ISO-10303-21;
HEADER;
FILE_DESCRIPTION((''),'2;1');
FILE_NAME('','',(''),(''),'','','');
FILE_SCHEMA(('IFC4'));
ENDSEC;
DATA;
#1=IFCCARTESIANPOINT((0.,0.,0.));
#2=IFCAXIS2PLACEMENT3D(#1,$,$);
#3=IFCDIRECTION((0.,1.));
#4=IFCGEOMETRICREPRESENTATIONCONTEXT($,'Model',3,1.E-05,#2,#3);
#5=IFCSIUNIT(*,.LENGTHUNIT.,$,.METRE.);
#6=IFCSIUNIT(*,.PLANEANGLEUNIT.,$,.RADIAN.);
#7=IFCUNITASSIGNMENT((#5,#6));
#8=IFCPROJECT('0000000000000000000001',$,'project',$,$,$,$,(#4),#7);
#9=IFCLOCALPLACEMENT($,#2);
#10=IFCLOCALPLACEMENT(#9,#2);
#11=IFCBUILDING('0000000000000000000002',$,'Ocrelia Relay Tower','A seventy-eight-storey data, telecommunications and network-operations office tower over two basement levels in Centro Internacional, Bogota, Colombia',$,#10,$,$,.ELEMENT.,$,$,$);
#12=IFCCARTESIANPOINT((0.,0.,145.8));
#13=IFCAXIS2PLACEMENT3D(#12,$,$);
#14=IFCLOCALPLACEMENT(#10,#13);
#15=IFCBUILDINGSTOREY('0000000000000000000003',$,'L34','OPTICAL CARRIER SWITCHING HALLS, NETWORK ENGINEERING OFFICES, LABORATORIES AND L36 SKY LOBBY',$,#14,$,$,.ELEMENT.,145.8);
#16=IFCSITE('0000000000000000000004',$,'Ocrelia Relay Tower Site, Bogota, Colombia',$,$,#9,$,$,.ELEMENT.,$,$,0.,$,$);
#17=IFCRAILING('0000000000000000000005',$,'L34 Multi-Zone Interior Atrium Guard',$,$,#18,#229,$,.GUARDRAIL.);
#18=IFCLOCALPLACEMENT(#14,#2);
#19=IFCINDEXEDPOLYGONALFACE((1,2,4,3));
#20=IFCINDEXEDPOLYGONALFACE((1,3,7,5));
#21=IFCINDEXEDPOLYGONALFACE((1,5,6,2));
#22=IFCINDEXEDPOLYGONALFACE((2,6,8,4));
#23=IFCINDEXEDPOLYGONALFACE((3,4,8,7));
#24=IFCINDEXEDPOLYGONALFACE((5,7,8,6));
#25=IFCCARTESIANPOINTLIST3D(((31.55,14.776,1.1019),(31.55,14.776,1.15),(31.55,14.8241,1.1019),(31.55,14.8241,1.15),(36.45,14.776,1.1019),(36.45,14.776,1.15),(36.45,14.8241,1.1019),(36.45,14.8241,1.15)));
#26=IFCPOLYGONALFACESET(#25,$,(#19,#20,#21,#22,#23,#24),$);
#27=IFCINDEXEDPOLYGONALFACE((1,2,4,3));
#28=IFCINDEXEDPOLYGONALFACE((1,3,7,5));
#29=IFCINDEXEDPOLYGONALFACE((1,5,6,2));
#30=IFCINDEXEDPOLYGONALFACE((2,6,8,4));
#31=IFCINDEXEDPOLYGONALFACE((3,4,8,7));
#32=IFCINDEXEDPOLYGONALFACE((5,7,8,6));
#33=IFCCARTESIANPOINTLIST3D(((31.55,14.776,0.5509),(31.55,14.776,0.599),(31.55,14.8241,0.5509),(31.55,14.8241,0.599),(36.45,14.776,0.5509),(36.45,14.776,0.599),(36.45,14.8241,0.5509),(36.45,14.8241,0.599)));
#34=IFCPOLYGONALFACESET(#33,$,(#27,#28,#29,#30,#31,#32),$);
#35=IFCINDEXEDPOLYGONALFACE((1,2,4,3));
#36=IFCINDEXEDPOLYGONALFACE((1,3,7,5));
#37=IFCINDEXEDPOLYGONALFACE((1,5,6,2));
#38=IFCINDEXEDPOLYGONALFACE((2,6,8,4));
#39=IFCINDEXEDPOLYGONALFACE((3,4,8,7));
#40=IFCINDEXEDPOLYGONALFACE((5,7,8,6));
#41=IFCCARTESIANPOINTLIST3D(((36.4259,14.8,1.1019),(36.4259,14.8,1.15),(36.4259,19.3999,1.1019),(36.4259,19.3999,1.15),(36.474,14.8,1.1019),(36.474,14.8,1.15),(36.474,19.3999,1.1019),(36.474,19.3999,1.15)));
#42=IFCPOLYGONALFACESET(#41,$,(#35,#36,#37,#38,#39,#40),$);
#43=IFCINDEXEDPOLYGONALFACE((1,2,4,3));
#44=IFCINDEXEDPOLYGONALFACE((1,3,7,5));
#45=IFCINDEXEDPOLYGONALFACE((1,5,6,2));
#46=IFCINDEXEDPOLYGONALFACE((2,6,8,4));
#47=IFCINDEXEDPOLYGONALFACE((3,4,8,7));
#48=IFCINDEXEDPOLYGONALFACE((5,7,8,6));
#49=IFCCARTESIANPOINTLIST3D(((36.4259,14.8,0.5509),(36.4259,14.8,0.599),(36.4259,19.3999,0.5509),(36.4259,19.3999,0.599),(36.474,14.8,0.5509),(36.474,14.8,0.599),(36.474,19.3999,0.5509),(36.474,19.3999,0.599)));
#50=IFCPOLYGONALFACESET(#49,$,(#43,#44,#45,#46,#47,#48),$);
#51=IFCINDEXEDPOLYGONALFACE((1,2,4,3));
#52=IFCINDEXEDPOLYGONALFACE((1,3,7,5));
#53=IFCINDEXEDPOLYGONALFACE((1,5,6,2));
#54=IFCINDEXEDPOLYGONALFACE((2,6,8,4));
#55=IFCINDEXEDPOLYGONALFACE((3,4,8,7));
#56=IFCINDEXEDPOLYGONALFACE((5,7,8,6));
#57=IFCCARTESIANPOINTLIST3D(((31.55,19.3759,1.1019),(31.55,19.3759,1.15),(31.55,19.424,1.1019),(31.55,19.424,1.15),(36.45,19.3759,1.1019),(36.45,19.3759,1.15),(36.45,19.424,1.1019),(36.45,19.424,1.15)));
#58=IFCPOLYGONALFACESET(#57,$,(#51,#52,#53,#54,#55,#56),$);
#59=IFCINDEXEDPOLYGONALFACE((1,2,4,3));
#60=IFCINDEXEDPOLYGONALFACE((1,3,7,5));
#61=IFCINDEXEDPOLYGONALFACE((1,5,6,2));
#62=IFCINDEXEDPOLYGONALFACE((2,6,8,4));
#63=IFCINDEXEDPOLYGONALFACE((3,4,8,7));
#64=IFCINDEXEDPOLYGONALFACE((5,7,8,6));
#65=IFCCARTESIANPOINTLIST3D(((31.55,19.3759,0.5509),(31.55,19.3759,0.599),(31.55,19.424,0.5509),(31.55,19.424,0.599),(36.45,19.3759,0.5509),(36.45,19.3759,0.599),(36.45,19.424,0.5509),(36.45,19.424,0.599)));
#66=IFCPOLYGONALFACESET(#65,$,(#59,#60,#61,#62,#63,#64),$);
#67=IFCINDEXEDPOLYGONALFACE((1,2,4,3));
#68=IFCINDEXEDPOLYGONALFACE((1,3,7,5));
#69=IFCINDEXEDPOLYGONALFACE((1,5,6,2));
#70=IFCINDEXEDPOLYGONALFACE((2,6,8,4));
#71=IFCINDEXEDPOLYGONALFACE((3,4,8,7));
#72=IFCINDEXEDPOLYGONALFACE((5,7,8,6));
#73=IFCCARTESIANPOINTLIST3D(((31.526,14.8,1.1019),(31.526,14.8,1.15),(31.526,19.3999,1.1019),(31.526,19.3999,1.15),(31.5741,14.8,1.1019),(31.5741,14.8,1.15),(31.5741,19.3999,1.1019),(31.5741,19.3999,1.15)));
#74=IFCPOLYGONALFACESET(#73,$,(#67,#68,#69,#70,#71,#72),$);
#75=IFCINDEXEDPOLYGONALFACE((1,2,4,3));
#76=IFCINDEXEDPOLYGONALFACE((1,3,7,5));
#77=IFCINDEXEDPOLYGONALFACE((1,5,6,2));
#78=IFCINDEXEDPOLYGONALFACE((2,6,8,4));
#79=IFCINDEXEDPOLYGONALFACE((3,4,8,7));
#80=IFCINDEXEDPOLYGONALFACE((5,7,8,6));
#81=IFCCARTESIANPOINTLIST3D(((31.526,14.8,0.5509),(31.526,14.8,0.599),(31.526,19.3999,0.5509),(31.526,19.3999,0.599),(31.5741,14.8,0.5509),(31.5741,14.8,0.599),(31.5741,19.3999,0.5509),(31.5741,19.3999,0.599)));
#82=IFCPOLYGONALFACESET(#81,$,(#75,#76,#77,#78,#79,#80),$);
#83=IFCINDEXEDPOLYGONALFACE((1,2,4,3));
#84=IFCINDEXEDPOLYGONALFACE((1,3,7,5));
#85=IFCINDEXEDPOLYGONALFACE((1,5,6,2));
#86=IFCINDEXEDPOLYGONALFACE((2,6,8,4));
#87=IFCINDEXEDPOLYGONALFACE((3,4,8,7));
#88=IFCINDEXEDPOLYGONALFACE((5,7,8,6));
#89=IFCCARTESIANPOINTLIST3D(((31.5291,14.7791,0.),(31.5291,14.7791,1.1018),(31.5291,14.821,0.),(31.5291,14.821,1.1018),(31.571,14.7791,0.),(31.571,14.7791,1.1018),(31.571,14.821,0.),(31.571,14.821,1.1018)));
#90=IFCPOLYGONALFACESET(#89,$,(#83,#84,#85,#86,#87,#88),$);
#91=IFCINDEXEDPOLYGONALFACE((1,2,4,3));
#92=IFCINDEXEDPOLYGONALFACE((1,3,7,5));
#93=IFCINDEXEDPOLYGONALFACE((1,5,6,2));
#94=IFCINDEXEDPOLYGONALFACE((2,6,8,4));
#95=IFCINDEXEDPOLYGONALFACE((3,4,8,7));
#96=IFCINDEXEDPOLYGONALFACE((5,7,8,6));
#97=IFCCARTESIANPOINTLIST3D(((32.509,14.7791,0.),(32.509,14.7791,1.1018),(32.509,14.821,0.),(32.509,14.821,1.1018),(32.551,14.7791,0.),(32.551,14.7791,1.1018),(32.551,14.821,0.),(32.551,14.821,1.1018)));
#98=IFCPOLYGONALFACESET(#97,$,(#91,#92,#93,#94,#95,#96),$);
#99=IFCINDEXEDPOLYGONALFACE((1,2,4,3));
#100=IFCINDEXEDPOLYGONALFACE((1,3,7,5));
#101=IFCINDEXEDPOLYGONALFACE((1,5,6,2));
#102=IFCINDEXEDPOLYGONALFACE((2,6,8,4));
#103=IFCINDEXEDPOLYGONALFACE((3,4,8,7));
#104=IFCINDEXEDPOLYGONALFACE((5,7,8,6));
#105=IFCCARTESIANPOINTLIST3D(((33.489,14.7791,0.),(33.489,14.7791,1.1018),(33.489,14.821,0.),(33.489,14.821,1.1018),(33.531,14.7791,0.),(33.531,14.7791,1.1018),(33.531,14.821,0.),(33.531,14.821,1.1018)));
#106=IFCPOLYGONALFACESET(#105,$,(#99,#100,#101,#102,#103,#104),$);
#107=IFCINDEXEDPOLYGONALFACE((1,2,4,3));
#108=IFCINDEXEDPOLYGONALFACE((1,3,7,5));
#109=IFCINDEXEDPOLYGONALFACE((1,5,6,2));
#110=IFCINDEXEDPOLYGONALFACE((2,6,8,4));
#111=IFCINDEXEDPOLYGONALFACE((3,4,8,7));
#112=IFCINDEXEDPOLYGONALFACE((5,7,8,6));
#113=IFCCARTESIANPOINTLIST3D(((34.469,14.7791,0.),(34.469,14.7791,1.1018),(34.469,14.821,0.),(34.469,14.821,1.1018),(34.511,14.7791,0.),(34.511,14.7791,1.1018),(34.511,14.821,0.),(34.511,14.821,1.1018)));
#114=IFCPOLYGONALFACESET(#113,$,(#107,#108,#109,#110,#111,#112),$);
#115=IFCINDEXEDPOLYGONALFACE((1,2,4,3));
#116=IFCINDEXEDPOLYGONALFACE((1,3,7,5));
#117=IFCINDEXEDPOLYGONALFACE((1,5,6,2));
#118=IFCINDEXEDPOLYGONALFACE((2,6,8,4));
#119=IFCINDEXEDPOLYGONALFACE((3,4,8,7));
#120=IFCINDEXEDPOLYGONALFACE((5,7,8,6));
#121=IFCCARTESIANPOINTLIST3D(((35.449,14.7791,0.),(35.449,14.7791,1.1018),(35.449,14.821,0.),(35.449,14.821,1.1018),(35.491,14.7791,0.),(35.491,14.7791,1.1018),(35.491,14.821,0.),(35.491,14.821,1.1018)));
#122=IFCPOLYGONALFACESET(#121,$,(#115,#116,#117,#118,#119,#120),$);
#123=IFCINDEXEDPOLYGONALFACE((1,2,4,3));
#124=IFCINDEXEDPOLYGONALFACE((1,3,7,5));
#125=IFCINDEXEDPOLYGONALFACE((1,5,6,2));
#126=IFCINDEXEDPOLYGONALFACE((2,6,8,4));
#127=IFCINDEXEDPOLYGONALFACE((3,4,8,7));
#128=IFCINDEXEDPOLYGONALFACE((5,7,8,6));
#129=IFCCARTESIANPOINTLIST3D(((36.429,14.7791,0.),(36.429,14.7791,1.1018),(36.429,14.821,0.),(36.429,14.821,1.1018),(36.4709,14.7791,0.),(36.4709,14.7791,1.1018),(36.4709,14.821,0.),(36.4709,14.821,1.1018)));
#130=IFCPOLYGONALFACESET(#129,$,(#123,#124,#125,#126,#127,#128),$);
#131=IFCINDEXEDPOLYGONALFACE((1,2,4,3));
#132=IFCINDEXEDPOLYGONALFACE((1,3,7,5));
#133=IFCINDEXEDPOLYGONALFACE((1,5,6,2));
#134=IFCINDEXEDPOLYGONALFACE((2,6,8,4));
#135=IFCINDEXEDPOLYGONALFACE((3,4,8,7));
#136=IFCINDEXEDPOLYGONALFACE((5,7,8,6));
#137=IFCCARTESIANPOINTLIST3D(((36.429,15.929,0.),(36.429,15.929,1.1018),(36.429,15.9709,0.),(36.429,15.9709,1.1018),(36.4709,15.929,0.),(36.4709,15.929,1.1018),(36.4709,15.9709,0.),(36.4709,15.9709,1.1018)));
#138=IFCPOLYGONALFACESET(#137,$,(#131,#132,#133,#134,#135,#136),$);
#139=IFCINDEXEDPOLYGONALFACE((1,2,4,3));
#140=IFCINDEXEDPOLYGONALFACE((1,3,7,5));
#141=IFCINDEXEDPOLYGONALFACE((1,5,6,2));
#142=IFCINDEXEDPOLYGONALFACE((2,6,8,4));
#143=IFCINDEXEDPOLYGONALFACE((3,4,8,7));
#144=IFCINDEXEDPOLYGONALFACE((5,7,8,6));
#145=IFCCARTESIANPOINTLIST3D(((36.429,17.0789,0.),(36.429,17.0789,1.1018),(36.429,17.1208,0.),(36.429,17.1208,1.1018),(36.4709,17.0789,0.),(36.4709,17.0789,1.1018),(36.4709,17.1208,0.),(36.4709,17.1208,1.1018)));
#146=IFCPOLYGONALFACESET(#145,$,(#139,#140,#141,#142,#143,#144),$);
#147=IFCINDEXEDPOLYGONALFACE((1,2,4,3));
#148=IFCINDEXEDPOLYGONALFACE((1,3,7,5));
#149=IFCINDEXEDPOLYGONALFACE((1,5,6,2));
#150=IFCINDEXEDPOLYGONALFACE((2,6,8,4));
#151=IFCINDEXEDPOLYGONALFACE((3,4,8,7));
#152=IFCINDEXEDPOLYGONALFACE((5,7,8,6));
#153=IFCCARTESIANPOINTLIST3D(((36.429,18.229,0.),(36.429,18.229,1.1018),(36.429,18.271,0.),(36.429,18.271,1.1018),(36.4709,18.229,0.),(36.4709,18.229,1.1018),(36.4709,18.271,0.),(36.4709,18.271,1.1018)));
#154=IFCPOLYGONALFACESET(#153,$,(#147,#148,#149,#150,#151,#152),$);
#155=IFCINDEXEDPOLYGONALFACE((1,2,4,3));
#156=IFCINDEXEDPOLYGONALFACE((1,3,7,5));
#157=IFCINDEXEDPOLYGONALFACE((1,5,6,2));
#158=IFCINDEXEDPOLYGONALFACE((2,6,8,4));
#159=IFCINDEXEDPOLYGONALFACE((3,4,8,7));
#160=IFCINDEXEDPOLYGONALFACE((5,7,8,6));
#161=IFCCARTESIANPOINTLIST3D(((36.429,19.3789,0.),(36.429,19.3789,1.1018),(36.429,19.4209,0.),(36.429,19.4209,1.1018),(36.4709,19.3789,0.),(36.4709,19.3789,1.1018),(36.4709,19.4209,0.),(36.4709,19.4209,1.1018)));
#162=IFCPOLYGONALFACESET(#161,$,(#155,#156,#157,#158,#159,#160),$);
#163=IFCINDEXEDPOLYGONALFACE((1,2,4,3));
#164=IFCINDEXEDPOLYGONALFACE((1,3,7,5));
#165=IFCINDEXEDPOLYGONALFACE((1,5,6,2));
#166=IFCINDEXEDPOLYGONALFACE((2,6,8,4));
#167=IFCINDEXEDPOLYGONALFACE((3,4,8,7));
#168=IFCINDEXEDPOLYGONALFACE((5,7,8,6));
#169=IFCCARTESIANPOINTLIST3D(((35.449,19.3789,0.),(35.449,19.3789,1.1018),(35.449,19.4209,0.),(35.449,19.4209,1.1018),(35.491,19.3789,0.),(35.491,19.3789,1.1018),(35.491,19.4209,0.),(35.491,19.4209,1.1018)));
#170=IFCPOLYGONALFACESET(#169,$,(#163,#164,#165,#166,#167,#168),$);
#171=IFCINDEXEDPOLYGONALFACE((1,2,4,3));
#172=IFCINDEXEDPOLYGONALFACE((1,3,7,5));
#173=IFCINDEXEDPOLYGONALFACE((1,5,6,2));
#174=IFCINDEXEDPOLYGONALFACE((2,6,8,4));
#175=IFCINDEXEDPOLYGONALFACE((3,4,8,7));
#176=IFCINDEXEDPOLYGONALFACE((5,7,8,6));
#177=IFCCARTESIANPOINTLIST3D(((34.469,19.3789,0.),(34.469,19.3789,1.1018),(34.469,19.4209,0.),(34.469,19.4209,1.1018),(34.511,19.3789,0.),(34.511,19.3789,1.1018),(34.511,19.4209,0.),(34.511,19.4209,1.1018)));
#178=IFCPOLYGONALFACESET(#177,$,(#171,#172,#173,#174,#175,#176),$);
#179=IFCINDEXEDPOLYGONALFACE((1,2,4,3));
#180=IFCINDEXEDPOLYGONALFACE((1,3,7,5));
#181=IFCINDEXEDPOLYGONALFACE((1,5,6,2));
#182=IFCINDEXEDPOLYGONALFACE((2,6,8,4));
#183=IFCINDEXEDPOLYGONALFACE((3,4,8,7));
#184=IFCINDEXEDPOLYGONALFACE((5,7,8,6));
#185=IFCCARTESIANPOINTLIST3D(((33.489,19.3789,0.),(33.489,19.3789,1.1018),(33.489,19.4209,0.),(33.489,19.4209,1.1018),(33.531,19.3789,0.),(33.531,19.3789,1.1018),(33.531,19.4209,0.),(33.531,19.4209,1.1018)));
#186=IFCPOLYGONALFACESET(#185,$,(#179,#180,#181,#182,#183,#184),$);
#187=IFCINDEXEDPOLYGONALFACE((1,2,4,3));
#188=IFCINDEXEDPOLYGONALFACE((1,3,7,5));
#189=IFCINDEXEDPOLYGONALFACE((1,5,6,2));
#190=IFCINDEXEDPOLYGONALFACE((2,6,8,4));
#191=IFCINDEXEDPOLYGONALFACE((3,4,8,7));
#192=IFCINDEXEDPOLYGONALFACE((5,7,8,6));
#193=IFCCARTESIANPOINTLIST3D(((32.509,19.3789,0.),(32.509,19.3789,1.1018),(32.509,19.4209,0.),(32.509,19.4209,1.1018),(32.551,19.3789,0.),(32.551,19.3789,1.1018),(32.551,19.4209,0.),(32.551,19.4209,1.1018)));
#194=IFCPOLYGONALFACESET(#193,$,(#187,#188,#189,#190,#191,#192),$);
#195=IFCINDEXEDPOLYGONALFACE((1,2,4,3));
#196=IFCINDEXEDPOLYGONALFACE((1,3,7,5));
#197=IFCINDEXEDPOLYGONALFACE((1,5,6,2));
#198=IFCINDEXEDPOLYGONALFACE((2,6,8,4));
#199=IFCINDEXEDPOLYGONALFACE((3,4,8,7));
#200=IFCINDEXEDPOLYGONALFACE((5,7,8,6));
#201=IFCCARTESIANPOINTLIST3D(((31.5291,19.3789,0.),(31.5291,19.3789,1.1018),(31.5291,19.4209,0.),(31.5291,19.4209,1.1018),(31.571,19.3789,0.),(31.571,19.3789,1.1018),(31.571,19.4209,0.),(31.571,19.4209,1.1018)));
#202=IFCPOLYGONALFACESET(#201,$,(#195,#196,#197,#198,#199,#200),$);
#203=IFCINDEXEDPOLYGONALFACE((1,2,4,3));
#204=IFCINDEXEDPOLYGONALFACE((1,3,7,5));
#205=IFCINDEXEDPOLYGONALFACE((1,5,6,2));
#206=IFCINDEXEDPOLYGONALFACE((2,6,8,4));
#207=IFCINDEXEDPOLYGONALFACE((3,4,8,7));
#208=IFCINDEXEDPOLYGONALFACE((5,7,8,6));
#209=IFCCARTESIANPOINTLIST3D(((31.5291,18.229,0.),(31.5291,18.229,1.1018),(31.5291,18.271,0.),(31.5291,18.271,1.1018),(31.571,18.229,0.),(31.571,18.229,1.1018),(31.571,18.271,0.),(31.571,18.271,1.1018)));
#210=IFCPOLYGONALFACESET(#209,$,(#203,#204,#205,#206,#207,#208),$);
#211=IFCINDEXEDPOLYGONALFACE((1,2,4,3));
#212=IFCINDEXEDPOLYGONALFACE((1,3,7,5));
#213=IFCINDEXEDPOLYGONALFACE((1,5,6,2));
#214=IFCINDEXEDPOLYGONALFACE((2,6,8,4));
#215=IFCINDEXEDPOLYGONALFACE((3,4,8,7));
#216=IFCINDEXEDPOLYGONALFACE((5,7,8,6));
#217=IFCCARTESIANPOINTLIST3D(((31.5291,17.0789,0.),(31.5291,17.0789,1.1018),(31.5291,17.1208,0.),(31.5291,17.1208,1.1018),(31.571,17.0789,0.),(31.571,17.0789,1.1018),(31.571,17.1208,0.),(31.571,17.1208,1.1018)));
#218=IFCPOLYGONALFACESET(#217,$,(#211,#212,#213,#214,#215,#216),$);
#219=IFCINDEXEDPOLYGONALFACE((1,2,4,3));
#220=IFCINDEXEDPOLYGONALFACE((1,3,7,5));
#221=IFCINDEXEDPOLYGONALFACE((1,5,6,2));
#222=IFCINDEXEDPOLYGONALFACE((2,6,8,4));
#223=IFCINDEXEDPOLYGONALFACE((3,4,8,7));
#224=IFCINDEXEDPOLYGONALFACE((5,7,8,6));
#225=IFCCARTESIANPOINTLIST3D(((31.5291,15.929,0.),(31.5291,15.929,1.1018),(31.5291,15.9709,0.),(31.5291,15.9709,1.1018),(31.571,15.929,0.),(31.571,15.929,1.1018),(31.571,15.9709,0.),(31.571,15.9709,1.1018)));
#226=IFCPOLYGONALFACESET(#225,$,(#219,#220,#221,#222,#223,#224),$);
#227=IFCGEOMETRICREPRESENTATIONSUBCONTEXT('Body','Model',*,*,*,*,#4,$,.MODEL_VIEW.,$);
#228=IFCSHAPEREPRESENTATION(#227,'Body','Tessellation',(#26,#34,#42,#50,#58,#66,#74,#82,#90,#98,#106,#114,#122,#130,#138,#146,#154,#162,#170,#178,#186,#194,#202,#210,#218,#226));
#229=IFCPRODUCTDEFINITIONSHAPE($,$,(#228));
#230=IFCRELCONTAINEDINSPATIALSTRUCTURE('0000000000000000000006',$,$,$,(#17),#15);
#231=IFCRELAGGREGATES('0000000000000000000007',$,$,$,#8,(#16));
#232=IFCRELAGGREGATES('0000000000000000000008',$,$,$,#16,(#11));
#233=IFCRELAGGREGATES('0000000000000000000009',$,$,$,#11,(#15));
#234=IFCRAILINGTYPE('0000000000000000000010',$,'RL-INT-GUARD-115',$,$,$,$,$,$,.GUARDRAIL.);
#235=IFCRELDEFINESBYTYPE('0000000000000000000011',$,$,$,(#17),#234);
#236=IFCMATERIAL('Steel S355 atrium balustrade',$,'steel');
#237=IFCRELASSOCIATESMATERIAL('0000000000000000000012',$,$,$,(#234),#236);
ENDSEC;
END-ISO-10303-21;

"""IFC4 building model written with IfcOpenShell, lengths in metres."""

from ifc_helpers import new_model, si_unit, direction, frame, origin, origin_2d, place, context, subcontext, project, spatial, rectangle, extrude, material, type_object, element, save


model = new_model("IFC4")

# Units and contexts
model_context = context("Model", 3, precision=1e-05, world=origin(), true_north=direction((0.0, 1.0)))
body_context = subcontext(model_context, "Body", "Model", "MODEL_VIEW")
ifc_project = project(units=[si_unit("LENGTHUNIT", "METRE"), si_unit("PLANEANGLEUNIT", "RADIAN")], contexts=[model_context])

# Site, building, storey
site_placement = place(None, origin())
site = spatial("IfcSite", under=ifc_project, at=site_placement, Name="Ocrelia Relay Tower Site, Bogota, Colombia", CompositionType="ELEMENT", RefElevation=0.0)
building_placement = place(site_placement, origin())
building = spatial("IfcBuilding", under=site, at=building_placement, Name="Ocrelia Relay Tower", Description="A seventy-eight-storey data, telecommunications and network-operations office tower over two basement levels in Centro Internacional, Bogota, Colombia", CompositionType="ELEMENT")
storey_placement = place(building_placement, frame((0.0, 0.0, 145.8)))
storey = spatial("IfcBuildingStorey", under=building, at=storey_placement, Name="L34", Description="OPTICAL CARRIER SWITCHING HALLS, NETWORK ENGINEERING OFFICES, LABORATORIES AND L36 SKY LOBBY", CompositionType="ELEMENT", Elevation=145.8)

# Railing
ifc_material_1 = material(Name="Steel S355 atrium balustrade", Category="steel")
railing_type = type_object("IfcRailingType", Name="RL-INT-GUARD-115", PredefinedType="GUARDRAIL", material=ifc_material_1)
railing_placement = place(storey_placement, frame((31.55, 14.8, 0.0)))
element("IfcRailing", 1, at=railing_placement, inside=storey, type_object=railing_type, Name="L34 Multi-Zone Interior Atrium Guard", PredefinedType="GUARDRAIL", context=body_context, shape_type="SweptSolid", body=[
    extrude(rectangle(XDim=0.0481, YDim=0.0481, at=origin_2d()), frame((0.0, 0.0, 1.126), z_axis=(1.0, 0.0, 0.0), x_axis=(0.0, 1.0, 0.0)), (0.0, 0.0, 1.0), 4.8999),
    extrude(rectangle(XDim=0.0481, YDim=0.0481, at=origin_2d()), frame((0.0, 0.0, 0.575), z_axis=(1.0, 0.0, 0.0), x_axis=(0.0, 1.0, 0.0)), (0.0, 0.0, 1.0), 4.8999),
    extrude(rectangle(XDim=0.0481, YDim=0.0481, at=origin_2d()), frame((4.8999, 0.0, 1.126), z_axis=(0.0, 1.0, 0.0), x_axis=(-1.0, 0.0, 0.0)), (0.0, 0.0, 1.0), 4.5999),
    extrude(rectangle(XDim=0.0481, YDim=0.0481, at=origin_2d()), frame((4.8999, 0.0, 0.575), z_axis=(0.0, 1.0, 0.0), x_axis=(-1.0, 0.0, 0.0)), (0.0, 0.0, 1.0), 4.5999),
    extrude(rectangle(XDim=0.0481, YDim=0.0481, at=origin_2d()), frame((4.8999, 4.5999, 1.126), z_axis=(-1.0, 0.0, 0.0), x_axis=(0.0, -1.0, 0.0)), (0.0, 0.0, 1.0), 4.8999),
    extrude(rectangle(XDim=0.0481, YDim=0.0481, at=origin_2d()), frame((4.8999, 4.5999, 0.575), z_axis=(-1.0, 0.0, 0.0), x_axis=(0.0, -1.0, 0.0)), (0.0, 0.0, 1.0), 4.8999),
    extrude(rectangle(XDim=0.0481, YDim=0.0481, at=origin_2d()), frame((0.0, 4.5999, 1.126), z_axis=(0.0, -1.0, 0.0), x_axis=(1.0, 0.0, 0.0)), (0.0, 0.0, 1.0), 4.5999),
    extrude(rectangle(XDim=0.0481, YDim=0.0481, at=origin_2d()), frame((0.0, 4.5999, 0.575), z_axis=(0.0, -1.0, 0.0), x_axis=(1.0, 0.0, 0.0)), (0.0, 0.0, 1.0), 4.5999),
    extrude(rectangle(XDim=0.042, YDim=0.042, at=origin_2d()), origin(), (0.0, 0.0, 1.0), 1.1018),
    extrude(rectangle(XDim=0.042, YDim=0.042, at=origin_2d()), frame((0.98, 0.0, 0.0)), (0.0, 0.0, 1.0), 1.1018),
    extrude(rectangle(XDim=0.042, YDim=0.042, at=origin_2d()), frame((1.96, 0.0, 0.0)), (0.0, 0.0, 1.0), 1.1018),
    extrude(rectangle(XDim=0.042, YDim=0.042, at=origin_2d()), frame((2.9399, 0.0, 0.0)), (0.0, 0.0, 1.0), 1.1018),
    extrude(rectangle(XDim=0.042, YDim=0.042, at=origin_2d()), frame((3.9199, 0.0, 0.0)), (0.0, 0.0, 1.0), 1.1018),
    extrude(rectangle(XDim=0.042, YDim=0.042, at=origin_2d()), frame((4.8999, 0.0, 0.0)), (0.0, 0.0, 1.0), 1.1018),
    extrude(rectangle(XDim=0.042, YDim=0.042, at=origin_2d()), frame((4.8999, 1.1499, 0.0)), (0.0, 0.0, 1.0), 1.1018),
    extrude(rectangle(XDim=0.042, YDim=0.042, at=origin_2d()), frame((4.8999, 2.2998, 0.0)), (0.0, 0.0, 1.0), 1.1018),
    extrude(rectangle(XDim=0.042, YDim=0.042, at=origin_2d()), frame((4.8999, 3.45, 0.0)), (0.0, 0.0, 1.0), 1.1018),
    extrude(rectangle(XDim=0.042, YDim=0.042, at=origin_2d()), frame((4.8999, 4.5999, 0.0)), (0.0, 0.0, 1.0), 1.1018),
    extrude(rectangle(XDim=0.042, YDim=0.042, at=origin_2d()), frame((3.9199, 4.5999, 0.0)), (0.0, 0.0, 1.0), 1.1018),
    extrude(rectangle(XDim=0.042, YDim=0.042, at=origin_2d()), frame((2.9399, 4.5999, 0.0)), (0.0, 0.0, 1.0), 1.1018),
    extrude(rectangle(XDim=0.042, YDim=0.042, at=origin_2d()), frame((1.96, 4.5999, 0.0)), (0.0, 0.0, 1.0), 1.1018),
    extrude(rectangle(XDim=0.042, YDim=0.042, at=origin_2d()), frame((0.98, 4.5999, 0.0)), (0.0, 0.0, 1.0), 1.1018),
    extrude(rectangle(XDim=0.042, YDim=0.042, at=origin_2d()), frame((0.0, 4.5999, 0.0)), (0.0, 0.0, 1.0), 1.1018),
    extrude(rectangle(XDim=0.042, YDim=0.042, at=origin_2d()), frame((0.0, 3.45, 0.0)), (0.0, 0.0, 1.0), 1.1018),
    extrude(rectangle(XDim=0.042, YDim=0.042, at=origin_2d()), frame((0.0, 2.2998, 0.0)), (0.0, 0.0, 1.0), 1.1018),
    extrude(rectangle(XDim=0.042, YDim=0.042, at=origin_2d()), frame((0.0, 1.1499, 0.0)), (0.0, 0.0, 1.0), 1.1018),
])

save(model, "model.ifc")
